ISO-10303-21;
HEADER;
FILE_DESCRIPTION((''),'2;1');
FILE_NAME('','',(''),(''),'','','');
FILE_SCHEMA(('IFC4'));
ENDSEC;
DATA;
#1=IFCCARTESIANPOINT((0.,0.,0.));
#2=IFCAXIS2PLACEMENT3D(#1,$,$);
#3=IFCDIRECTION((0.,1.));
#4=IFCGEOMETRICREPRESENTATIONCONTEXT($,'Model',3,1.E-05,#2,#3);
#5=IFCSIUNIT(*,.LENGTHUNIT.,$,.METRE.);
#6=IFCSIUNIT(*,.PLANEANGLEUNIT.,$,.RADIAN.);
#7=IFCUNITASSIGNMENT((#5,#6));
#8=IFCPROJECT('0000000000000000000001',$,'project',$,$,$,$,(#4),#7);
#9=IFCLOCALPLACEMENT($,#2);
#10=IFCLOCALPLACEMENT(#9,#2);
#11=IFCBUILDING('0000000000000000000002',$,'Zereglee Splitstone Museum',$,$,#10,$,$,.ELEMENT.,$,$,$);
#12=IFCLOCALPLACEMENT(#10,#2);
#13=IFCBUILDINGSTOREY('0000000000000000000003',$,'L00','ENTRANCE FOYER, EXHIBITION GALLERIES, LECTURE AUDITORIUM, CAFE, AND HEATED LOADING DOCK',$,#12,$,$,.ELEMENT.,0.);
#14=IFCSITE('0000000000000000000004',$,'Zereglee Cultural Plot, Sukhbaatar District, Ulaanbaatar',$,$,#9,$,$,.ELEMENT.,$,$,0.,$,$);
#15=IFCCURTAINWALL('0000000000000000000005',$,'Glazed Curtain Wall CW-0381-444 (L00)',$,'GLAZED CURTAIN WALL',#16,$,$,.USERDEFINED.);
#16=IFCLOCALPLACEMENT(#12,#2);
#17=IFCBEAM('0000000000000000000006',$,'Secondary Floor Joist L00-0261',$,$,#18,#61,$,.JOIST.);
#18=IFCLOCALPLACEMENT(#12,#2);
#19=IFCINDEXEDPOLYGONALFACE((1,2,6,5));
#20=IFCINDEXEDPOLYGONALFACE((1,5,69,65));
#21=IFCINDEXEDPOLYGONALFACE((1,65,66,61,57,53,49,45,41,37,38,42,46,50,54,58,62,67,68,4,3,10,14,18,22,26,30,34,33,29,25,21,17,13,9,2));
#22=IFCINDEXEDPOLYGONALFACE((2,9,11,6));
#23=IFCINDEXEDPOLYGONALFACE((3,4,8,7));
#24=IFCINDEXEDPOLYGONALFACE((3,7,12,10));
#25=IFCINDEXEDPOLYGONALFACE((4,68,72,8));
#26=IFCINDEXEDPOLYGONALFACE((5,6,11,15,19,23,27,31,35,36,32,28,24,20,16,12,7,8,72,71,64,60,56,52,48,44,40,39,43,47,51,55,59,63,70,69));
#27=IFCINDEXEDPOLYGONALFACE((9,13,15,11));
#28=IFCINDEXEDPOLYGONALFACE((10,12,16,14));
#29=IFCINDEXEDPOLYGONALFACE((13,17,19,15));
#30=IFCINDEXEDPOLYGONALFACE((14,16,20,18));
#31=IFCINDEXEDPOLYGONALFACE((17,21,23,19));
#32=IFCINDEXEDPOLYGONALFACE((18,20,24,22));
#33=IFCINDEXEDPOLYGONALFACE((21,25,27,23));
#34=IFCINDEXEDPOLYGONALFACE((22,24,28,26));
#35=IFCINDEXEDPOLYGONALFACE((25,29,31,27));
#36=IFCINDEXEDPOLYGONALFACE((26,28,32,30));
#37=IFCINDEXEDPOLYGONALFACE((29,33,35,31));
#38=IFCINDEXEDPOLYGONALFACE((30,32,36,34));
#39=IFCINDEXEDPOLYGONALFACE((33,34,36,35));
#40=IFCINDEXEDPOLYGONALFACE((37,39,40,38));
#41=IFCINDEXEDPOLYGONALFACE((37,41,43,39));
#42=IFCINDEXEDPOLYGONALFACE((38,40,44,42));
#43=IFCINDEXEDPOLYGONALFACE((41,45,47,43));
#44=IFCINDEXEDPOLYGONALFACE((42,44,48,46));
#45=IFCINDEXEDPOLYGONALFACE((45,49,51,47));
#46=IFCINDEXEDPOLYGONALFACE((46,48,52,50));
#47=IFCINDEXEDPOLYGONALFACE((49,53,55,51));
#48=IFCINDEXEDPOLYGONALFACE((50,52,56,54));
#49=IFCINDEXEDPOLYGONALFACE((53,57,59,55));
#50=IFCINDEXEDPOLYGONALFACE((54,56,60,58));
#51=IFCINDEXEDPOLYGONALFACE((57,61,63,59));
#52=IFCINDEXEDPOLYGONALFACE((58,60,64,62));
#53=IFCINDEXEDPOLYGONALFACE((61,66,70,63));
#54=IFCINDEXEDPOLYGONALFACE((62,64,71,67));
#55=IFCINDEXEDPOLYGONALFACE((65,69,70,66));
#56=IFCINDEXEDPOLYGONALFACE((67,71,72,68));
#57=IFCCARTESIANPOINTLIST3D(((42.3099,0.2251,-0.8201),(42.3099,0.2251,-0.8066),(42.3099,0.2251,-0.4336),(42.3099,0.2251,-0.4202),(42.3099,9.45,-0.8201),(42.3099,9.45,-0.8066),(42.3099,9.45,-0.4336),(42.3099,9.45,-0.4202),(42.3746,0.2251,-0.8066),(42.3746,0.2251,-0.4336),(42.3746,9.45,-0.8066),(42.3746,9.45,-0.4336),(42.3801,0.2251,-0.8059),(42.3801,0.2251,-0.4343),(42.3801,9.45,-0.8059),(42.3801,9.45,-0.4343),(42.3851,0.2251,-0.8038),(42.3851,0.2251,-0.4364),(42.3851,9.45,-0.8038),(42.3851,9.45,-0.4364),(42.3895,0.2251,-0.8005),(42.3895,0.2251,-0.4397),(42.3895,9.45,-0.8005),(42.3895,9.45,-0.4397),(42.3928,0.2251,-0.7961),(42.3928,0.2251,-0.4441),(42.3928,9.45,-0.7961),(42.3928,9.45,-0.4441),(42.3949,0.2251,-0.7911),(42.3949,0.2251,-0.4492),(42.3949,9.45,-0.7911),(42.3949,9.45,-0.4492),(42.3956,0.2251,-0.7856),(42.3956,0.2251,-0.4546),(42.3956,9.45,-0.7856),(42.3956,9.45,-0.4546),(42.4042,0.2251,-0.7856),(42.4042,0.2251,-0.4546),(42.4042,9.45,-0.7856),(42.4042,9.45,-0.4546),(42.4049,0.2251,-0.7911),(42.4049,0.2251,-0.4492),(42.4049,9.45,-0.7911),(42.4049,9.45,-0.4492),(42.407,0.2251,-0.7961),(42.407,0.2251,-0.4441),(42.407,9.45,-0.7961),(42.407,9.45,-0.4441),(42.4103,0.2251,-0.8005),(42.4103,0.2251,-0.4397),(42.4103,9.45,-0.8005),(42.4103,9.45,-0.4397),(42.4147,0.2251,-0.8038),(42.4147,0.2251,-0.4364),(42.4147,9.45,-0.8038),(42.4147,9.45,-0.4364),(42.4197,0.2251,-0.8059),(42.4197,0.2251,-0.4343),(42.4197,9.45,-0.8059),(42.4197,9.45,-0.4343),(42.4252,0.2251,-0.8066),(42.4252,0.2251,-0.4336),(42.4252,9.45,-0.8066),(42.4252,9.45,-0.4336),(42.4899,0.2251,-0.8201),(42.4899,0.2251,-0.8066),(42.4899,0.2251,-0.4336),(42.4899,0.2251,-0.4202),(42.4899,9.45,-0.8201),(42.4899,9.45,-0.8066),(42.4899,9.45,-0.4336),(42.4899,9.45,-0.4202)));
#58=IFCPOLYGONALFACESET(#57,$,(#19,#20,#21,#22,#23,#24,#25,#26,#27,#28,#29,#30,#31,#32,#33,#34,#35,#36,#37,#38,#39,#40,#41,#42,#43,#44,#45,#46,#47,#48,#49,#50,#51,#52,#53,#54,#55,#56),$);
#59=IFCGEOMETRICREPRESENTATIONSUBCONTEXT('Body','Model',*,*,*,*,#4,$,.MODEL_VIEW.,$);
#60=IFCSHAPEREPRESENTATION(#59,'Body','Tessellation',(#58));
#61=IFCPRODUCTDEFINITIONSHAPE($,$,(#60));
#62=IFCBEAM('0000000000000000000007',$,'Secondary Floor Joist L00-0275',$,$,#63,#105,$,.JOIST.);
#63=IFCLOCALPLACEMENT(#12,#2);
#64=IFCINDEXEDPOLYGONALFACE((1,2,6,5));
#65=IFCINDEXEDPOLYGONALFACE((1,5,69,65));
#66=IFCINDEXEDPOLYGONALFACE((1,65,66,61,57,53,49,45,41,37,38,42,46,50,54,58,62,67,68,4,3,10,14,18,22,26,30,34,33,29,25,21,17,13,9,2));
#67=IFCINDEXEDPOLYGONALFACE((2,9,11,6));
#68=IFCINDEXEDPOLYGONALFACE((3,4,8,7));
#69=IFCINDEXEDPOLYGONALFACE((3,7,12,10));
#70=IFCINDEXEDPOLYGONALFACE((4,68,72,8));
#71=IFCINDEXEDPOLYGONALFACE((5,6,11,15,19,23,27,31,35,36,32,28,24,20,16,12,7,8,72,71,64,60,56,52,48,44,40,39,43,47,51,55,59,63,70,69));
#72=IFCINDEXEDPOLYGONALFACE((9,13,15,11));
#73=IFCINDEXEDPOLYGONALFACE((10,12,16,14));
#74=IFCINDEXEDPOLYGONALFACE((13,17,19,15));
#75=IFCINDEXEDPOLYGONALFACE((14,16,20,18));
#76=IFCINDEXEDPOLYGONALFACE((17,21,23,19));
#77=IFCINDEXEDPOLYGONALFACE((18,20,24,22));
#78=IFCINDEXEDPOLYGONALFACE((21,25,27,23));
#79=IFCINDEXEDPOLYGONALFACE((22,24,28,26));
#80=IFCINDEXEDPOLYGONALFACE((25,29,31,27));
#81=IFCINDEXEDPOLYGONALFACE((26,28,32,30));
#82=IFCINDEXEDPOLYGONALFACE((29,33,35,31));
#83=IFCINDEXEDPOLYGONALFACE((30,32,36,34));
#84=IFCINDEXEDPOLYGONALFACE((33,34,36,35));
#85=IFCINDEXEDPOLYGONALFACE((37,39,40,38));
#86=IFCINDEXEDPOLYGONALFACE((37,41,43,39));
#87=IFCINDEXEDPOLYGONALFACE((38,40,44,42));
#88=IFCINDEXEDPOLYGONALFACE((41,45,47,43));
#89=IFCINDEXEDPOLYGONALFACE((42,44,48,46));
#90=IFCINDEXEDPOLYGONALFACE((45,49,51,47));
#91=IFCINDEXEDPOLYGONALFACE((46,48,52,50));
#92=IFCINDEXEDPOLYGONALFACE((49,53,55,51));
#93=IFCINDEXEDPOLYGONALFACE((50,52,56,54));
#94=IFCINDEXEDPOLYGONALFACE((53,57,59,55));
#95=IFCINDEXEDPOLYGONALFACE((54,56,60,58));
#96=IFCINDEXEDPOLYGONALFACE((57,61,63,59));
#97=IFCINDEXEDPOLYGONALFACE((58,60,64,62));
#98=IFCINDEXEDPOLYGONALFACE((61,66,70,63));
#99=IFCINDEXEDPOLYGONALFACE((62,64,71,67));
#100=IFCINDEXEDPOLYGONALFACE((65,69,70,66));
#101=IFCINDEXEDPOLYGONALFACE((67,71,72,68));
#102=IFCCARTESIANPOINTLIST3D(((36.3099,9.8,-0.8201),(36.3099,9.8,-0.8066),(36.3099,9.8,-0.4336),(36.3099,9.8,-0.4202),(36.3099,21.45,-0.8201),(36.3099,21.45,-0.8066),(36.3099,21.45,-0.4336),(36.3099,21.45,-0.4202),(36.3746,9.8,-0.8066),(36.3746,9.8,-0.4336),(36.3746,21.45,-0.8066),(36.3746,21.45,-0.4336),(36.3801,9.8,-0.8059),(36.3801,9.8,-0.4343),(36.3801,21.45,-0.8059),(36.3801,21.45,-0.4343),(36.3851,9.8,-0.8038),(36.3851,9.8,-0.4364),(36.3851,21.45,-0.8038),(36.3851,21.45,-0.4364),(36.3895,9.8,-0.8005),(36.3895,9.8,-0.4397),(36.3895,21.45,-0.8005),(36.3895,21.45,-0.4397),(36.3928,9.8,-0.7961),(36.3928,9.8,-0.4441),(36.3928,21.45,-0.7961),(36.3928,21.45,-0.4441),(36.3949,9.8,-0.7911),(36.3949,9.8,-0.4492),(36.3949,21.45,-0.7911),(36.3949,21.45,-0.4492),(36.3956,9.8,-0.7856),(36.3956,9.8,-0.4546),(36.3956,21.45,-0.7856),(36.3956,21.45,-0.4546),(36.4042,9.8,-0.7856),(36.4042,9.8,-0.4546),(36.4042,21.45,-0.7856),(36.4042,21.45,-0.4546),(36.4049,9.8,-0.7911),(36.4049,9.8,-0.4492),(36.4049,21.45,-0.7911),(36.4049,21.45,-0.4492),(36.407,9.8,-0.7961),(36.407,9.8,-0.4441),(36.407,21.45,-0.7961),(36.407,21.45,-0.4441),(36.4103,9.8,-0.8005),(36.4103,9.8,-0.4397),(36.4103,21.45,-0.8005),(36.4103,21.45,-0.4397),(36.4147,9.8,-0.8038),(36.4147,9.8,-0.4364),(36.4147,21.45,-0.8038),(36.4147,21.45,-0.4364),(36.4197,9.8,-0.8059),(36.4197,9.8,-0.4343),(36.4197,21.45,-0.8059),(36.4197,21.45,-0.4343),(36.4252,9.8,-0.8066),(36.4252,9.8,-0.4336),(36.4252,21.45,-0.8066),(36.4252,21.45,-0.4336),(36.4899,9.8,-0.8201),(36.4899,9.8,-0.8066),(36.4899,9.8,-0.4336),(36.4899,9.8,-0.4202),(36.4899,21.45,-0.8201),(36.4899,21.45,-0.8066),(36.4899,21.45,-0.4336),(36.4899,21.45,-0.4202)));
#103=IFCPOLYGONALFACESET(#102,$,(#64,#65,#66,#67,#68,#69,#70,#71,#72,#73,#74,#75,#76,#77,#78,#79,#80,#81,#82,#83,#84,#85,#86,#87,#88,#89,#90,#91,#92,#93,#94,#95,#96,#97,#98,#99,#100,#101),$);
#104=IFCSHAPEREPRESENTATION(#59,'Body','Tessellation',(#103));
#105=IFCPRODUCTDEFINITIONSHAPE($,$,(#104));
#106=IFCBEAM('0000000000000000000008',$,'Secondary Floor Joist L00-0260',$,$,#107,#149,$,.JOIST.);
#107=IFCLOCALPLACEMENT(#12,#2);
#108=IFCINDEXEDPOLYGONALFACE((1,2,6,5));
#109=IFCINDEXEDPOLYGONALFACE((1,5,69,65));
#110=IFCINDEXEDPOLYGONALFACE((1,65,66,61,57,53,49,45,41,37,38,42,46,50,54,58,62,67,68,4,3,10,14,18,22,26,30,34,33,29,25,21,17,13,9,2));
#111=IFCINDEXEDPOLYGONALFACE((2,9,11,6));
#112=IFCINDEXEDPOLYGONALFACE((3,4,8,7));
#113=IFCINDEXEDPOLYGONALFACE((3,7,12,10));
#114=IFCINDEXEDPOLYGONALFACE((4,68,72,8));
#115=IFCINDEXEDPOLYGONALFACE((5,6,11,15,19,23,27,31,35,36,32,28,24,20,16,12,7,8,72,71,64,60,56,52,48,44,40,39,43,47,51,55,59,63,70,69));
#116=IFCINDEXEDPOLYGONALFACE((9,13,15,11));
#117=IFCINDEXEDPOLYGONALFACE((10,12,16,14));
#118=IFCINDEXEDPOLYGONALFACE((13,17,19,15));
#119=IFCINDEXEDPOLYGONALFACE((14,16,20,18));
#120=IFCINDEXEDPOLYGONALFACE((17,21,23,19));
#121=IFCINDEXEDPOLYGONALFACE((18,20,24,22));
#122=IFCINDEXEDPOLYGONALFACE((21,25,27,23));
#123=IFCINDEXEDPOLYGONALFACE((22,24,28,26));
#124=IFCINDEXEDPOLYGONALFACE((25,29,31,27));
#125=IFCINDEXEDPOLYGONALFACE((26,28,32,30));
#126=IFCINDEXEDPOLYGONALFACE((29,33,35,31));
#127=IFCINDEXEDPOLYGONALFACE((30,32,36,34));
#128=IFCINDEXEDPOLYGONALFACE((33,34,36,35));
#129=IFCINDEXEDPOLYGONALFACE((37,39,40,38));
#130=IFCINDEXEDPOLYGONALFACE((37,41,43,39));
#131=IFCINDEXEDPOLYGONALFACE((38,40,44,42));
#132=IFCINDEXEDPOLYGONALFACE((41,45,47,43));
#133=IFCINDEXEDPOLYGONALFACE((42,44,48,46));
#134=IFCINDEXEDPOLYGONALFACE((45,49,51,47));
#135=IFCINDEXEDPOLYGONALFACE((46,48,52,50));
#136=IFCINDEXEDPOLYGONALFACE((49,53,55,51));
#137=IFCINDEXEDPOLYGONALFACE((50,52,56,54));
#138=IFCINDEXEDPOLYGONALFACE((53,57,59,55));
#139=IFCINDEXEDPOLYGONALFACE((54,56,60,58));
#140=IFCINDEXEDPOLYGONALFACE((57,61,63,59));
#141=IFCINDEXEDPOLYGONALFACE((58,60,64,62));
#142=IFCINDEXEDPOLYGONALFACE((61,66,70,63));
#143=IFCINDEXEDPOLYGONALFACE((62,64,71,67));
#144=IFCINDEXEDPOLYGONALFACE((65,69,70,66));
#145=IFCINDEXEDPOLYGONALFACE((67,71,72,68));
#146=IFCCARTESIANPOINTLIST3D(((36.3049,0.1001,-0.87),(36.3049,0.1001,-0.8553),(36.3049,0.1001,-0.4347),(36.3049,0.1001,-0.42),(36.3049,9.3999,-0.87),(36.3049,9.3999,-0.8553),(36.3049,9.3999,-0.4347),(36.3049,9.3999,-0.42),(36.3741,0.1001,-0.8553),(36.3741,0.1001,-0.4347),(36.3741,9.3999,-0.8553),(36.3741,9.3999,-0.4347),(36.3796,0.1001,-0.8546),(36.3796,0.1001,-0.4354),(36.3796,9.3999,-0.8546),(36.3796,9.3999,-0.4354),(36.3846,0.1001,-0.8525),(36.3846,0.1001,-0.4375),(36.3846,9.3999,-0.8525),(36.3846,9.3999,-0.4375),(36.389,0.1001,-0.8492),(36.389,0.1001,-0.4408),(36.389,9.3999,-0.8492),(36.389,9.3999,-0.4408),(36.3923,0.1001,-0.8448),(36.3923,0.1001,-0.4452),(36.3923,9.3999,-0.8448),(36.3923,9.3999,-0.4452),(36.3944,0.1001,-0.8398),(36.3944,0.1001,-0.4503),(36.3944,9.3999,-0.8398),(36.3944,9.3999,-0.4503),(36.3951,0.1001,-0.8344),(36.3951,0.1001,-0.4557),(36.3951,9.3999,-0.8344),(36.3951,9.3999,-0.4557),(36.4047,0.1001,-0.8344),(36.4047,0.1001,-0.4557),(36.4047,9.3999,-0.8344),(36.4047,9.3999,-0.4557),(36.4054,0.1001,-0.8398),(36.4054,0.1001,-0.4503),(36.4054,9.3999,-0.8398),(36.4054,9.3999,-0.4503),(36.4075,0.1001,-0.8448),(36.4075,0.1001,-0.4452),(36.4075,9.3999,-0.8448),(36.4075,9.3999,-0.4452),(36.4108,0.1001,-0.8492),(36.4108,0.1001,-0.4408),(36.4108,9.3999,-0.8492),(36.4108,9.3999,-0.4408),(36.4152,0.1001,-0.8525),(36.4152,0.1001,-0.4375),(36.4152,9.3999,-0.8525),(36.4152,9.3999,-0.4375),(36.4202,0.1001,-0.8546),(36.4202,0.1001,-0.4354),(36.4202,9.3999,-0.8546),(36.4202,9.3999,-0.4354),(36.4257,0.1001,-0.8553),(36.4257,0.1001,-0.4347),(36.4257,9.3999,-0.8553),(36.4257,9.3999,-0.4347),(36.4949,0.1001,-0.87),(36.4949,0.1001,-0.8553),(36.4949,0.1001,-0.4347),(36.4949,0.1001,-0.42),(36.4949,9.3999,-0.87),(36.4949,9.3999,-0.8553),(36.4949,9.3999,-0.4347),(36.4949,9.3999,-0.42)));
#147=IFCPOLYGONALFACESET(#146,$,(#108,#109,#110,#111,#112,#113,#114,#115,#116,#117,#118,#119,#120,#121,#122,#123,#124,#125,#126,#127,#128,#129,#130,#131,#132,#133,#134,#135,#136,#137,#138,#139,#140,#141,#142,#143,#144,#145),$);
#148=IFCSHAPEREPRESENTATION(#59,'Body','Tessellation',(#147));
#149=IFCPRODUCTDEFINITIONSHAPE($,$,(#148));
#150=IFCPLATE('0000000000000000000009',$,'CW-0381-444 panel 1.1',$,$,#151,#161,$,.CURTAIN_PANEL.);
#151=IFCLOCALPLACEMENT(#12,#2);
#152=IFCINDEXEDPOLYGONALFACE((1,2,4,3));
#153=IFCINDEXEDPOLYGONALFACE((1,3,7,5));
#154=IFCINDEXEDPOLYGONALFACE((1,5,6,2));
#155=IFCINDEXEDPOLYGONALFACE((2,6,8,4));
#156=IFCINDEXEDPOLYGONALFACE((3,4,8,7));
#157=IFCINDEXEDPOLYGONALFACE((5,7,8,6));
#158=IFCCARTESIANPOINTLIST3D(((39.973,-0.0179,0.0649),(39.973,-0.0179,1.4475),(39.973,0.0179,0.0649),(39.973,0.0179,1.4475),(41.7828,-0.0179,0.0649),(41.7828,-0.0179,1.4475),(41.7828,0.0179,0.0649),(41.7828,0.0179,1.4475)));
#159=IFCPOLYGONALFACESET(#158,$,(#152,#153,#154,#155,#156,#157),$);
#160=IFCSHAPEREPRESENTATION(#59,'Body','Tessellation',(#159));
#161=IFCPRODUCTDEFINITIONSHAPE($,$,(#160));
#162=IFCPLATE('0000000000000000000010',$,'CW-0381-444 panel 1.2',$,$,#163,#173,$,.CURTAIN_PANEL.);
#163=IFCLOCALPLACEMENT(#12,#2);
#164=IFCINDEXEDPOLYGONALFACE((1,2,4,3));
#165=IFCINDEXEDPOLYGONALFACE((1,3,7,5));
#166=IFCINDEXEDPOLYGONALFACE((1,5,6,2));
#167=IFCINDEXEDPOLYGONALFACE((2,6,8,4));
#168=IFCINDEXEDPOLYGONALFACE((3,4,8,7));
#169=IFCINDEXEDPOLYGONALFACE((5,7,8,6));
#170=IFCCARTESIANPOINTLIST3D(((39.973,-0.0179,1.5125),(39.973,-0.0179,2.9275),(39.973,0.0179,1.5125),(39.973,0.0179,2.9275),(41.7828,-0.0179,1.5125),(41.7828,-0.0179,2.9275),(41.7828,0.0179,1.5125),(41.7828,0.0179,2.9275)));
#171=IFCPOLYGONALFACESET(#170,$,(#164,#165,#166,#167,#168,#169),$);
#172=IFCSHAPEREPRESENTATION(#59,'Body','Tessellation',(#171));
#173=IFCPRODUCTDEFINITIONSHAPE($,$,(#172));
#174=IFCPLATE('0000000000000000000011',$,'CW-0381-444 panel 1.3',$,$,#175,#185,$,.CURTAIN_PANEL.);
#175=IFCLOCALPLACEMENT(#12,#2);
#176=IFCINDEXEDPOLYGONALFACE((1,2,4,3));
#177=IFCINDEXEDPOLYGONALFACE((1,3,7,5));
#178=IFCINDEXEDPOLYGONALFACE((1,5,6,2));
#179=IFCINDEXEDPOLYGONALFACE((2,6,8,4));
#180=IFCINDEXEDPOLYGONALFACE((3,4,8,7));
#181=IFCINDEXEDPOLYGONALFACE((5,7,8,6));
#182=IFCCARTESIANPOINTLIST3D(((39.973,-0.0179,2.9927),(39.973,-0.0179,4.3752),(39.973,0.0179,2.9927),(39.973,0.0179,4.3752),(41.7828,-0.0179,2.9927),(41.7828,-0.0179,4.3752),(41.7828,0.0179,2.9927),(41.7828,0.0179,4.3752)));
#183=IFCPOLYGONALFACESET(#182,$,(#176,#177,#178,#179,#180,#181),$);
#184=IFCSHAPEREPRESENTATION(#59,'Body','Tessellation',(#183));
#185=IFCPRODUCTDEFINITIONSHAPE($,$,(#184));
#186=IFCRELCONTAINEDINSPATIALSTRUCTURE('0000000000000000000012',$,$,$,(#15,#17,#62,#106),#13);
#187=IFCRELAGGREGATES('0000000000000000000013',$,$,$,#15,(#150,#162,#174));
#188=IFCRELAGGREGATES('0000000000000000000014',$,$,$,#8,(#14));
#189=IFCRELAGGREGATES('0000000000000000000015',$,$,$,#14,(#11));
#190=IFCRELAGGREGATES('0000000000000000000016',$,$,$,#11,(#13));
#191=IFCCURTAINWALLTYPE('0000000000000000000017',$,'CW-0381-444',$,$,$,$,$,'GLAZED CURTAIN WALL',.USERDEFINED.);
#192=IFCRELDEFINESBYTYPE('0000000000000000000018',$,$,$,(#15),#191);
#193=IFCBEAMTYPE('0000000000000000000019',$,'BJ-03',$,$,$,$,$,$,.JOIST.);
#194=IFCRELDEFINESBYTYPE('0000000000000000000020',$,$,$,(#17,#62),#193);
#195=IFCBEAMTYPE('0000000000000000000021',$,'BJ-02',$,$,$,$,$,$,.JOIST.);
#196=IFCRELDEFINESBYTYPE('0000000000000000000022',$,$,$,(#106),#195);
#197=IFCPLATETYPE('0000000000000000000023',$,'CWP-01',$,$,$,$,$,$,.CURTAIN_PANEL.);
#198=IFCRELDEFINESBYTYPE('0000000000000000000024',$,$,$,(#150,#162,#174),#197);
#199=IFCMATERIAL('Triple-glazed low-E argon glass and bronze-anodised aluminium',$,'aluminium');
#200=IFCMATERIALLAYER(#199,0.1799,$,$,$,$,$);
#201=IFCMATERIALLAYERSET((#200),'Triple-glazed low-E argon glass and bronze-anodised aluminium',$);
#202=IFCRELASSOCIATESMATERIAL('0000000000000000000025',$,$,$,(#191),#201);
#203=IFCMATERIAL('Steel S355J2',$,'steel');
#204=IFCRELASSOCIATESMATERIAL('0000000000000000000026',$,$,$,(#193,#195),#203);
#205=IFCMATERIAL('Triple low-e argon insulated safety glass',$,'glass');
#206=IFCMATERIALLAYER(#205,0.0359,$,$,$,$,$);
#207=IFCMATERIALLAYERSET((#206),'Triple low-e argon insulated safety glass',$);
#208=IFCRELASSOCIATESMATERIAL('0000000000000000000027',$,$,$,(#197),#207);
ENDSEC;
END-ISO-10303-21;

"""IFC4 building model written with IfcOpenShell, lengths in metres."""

from ifc_helpers import new_model, si_unit, direction, frame, origin, origin_2d, place, context, subcontext, project, spatial, rectangle, i_section, extrude, material, layer, layer_set, material_profile, profile_set, type_object, element, aggregate, save


model = new_model("IFC4")

# Units and contexts
model_context = context("Model", 3, precision=1e-05, world=origin(), true_north=direction((0.0, 1.0)))
body_context = subcontext(model_context, "Body", "Model", "MODEL_VIEW")
ifc_project = project(units=[si_unit("LENGTHUNIT", "METRE"), si_unit("PLANEANGLEUNIT", "RADIAN")], contexts=[model_context])

# Site, building, storey
site_placement = place(None, origin())
site = spatial("IfcSite", under=ifc_project, at=site_placement, Name="Zereglee Cultural Plot, Sukhbaatar District, Ulaanbaatar", CompositionType="ELEMENT", RefElevation=0.0)
building_placement = place(site_placement, origin())
building = spatial("IfcBuilding", under=site, at=building_placement, Name="Zereglee Splitstone Museum", CompositionType="ELEMENT")
storey_placement = place(building_placement, origin())
storey = spatial("IfcBuildingStorey", under=building, at=storey_placement, Name="L00", Description="ENTRANCE FOYER, EXHIBITION GALLERIES, LECTURE AUDITORIUM, CAFE, AND HEATED LOADING DOCK", CompositionType="ELEMENT", Elevation=0.0)

# Curtain wall
ifc_material_1 = material(Name="Triple-glazed low-E argon glass and bronze-anodised aluminium", Category="aluminium")
ifc_layer_1 = layer(ifc_material_1, 0.1799)
ifc_layer_set_1 = layer_set([ifc_layer_1], Name="Triple-glazed low-E argon glass and bronze-anodised aluminium")
curtain_wall_type = type_object("IfcCurtainWallType", Name="CW-0381-444", ElementType="GLAZED CURTAIN WALL", PredefinedType="USERDEFINED", material=ifc_layer_set_1)
curtain_wall_placement = place(storey_placement, origin())
curtain_wall = element("IfcCurtainWall", 1, at=curtain_wall_placement, inside=storey, type_object=curtain_wall_type, Name="Glazed Curtain Wall CW-0381-444 (L00)", ObjectType="GLAZED CURTAIN WALL", PredefinedType="USERDEFINED")

# Beams
ifc_material_2 = material(Name="Steel S355J2", Category="steel")
ifc_material_profile_1 = material_profile(ifc_material_2, i_section(OverallWidth=0.1799, OverallDepth=0.3999, WebThickness=0.0085, FlangeThickness=0.0134, FilletRadius=0.021, at=origin_2d()), Name="IPE 400")
ifc_profile_set_1 = profile_set([ifc_material_profile_1], Name="Steel S355J2")
beam_type_1 = type_object("IfcBeamType", Name="BJ-03", PredefinedType="JOIST", material=ifc_profile_set_1)
beam_1_placement = place(storey_placement, frame((42.3999, 0.2251, -0.6201), z_axis=(0.0, 1.0, 0.0), x_axis=(-1.0, 0.0, 0.0)))
element("IfcBeam", 2, at=beam_1_placement, inside=storey, type_object=beam_type_1, Name="Secondary Floor Joist L00-0261", PredefinedType="JOIST", context=body_context, shape_type="SweptSolid", body=[
    extrude(i_section(OverallWidth=0.1799, OverallDepth=0.3999, WebThickness=0.0085, FlangeThickness=0.0134, FilletRadius=0.021, at=origin_2d()), origin(), (0.0, 0.0, 1.0), 9.2249),
])
beam_2_placement = place(storey_placement, frame((36.3999, 9.8, -0.6201), z_axis=(0.0, 1.0, 0.0), x_axis=(-1.0, 0.0, 0.0)))
element("IfcBeam", 3, at=beam_2_placement, inside=storey, type_object=beam_type_1, Name="Secondary Floor Joist L00-0275", PredefinedType="JOIST", context=body_context, shape_type="SweptSolid", body=[
    extrude(i_section(OverallWidth=0.1799, OverallDepth=0.3999, WebThickness=0.0085, FlangeThickness=0.0134, FilletRadius=0.021, at=origin_2d()), origin(), (0.0, 0.0, 1.0), 11.6499),
])
ifc_material_profile_2 = material_profile(ifc_material_2, i_section(OverallWidth=0.1899, OverallDepth=0.45, WebThickness=0.0095, FlangeThickness=0.0146, FilletRadius=0.021, at=origin_2d()), Name="IPE 450")
ifc_profile_set_2 = profile_set([ifc_material_profile_2], Name="Steel S355J2")
beam_type_2 = type_object("IfcBeamType", Name="BJ-02", PredefinedType="JOIST", material=ifc_profile_set_2)
beam_3_placement = place(storey_placement, frame((36.3999, 0.1001, -0.645), z_axis=(0.0, 1.0, 0.0), x_axis=(-1.0, 0.0, 0.0)))
element("IfcBeam", 4, at=beam_3_placement, inside=storey, type_object=beam_type_2, Name="Secondary Floor Joist L00-0260", PredefinedType="JOIST", context=body_context, shape_type="SweptSolid", body=[
    extrude(i_section(OverallWidth=0.1899, OverallDepth=0.45, WebThickness=0.0095, FlangeThickness=0.0146, FilletRadius=0.021, at=origin_2d()), origin(), (0.0, 0.0, 1.0), 9.2998),
])

# Plates
ifc_material_3 = material(Name="Triple low-e argon insulated safety glass", Category="glass")
ifc_layer_2 = layer(ifc_material_3, 0.0359)
ifc_layer_set_2 = layer_set([ifc_layer_2], Name="Triple low-e argon insulated safety glass")
plate_type = type_object("IfcPlateType", Name="CWP-01", PredefinedType="CURTAIN_PANEL", material=ifc_layer_set_2)
plate_1_placement = place(storey_placement, frame((40.8779, 0.0, 0.0649), z_axis=(0.0, 0.0, 1.0), x_axis=(1.0, 0.0, 0.0)))
plate_1 = element("IfcPlate", 5, at=plate_1_placement, type_object=plate_type, Name="CW-0381-444 panel 1.1", PredefinedType="CURTAIN_PANEL", context=body_context, shape_type="SweptSolid", body=[
    extrude(rectangle(XDim=1.8098, YDim=0.0359, at=origin_2d()), origin(), (0.0, 0.0, 1.0), 1.3826),
])
plate_2_placement = place(storey_placement, frame((40.8779, 0.0, 1.5125), z_axis=(0.0, 0.0, 1.0), x_axis=(1.0, 0.0, 0.0)))
plate_2 = element("IfcPlate", 6, at=plate_2_placement, type_object=plate_type, Name="CW-0381-444 panel 1.2", PredefinedType="CURTAIN_PANEL", context=body_context, shape_type="SweptSolid", body=[
    extrude(rectangle(XDim=1.8098, YDim=0.0359, at=origin_2d()), origin(), (0.0, 0.0, 1.0), 1.415),
])
plate_3_placement = place(storey_placement, frame((40.8779, 0.0, 2.9927), z_axis=(0.0, 0.0, 1.0), x_axis=(1.0, 0.0, 0.0)))
plate_3 = element("IfcPlate", 7, at=plate_3_placement, type_object=plate_type, Name="CW-0381-444 panel 1.3", PredefinedType="CURTAIN_PANEL", context=body_context, shape_type="SweptSolid", body=[
    extrude(rectangle(XDim=1.8098, YDim=0.0359, at=origin_2d()), origin(), (0.0, 0.0, 1.0), 1.3826),
])
aggregate(curtain_wall, [plate_1, plate_2, plate_3])

save(model, "model.ifc")
